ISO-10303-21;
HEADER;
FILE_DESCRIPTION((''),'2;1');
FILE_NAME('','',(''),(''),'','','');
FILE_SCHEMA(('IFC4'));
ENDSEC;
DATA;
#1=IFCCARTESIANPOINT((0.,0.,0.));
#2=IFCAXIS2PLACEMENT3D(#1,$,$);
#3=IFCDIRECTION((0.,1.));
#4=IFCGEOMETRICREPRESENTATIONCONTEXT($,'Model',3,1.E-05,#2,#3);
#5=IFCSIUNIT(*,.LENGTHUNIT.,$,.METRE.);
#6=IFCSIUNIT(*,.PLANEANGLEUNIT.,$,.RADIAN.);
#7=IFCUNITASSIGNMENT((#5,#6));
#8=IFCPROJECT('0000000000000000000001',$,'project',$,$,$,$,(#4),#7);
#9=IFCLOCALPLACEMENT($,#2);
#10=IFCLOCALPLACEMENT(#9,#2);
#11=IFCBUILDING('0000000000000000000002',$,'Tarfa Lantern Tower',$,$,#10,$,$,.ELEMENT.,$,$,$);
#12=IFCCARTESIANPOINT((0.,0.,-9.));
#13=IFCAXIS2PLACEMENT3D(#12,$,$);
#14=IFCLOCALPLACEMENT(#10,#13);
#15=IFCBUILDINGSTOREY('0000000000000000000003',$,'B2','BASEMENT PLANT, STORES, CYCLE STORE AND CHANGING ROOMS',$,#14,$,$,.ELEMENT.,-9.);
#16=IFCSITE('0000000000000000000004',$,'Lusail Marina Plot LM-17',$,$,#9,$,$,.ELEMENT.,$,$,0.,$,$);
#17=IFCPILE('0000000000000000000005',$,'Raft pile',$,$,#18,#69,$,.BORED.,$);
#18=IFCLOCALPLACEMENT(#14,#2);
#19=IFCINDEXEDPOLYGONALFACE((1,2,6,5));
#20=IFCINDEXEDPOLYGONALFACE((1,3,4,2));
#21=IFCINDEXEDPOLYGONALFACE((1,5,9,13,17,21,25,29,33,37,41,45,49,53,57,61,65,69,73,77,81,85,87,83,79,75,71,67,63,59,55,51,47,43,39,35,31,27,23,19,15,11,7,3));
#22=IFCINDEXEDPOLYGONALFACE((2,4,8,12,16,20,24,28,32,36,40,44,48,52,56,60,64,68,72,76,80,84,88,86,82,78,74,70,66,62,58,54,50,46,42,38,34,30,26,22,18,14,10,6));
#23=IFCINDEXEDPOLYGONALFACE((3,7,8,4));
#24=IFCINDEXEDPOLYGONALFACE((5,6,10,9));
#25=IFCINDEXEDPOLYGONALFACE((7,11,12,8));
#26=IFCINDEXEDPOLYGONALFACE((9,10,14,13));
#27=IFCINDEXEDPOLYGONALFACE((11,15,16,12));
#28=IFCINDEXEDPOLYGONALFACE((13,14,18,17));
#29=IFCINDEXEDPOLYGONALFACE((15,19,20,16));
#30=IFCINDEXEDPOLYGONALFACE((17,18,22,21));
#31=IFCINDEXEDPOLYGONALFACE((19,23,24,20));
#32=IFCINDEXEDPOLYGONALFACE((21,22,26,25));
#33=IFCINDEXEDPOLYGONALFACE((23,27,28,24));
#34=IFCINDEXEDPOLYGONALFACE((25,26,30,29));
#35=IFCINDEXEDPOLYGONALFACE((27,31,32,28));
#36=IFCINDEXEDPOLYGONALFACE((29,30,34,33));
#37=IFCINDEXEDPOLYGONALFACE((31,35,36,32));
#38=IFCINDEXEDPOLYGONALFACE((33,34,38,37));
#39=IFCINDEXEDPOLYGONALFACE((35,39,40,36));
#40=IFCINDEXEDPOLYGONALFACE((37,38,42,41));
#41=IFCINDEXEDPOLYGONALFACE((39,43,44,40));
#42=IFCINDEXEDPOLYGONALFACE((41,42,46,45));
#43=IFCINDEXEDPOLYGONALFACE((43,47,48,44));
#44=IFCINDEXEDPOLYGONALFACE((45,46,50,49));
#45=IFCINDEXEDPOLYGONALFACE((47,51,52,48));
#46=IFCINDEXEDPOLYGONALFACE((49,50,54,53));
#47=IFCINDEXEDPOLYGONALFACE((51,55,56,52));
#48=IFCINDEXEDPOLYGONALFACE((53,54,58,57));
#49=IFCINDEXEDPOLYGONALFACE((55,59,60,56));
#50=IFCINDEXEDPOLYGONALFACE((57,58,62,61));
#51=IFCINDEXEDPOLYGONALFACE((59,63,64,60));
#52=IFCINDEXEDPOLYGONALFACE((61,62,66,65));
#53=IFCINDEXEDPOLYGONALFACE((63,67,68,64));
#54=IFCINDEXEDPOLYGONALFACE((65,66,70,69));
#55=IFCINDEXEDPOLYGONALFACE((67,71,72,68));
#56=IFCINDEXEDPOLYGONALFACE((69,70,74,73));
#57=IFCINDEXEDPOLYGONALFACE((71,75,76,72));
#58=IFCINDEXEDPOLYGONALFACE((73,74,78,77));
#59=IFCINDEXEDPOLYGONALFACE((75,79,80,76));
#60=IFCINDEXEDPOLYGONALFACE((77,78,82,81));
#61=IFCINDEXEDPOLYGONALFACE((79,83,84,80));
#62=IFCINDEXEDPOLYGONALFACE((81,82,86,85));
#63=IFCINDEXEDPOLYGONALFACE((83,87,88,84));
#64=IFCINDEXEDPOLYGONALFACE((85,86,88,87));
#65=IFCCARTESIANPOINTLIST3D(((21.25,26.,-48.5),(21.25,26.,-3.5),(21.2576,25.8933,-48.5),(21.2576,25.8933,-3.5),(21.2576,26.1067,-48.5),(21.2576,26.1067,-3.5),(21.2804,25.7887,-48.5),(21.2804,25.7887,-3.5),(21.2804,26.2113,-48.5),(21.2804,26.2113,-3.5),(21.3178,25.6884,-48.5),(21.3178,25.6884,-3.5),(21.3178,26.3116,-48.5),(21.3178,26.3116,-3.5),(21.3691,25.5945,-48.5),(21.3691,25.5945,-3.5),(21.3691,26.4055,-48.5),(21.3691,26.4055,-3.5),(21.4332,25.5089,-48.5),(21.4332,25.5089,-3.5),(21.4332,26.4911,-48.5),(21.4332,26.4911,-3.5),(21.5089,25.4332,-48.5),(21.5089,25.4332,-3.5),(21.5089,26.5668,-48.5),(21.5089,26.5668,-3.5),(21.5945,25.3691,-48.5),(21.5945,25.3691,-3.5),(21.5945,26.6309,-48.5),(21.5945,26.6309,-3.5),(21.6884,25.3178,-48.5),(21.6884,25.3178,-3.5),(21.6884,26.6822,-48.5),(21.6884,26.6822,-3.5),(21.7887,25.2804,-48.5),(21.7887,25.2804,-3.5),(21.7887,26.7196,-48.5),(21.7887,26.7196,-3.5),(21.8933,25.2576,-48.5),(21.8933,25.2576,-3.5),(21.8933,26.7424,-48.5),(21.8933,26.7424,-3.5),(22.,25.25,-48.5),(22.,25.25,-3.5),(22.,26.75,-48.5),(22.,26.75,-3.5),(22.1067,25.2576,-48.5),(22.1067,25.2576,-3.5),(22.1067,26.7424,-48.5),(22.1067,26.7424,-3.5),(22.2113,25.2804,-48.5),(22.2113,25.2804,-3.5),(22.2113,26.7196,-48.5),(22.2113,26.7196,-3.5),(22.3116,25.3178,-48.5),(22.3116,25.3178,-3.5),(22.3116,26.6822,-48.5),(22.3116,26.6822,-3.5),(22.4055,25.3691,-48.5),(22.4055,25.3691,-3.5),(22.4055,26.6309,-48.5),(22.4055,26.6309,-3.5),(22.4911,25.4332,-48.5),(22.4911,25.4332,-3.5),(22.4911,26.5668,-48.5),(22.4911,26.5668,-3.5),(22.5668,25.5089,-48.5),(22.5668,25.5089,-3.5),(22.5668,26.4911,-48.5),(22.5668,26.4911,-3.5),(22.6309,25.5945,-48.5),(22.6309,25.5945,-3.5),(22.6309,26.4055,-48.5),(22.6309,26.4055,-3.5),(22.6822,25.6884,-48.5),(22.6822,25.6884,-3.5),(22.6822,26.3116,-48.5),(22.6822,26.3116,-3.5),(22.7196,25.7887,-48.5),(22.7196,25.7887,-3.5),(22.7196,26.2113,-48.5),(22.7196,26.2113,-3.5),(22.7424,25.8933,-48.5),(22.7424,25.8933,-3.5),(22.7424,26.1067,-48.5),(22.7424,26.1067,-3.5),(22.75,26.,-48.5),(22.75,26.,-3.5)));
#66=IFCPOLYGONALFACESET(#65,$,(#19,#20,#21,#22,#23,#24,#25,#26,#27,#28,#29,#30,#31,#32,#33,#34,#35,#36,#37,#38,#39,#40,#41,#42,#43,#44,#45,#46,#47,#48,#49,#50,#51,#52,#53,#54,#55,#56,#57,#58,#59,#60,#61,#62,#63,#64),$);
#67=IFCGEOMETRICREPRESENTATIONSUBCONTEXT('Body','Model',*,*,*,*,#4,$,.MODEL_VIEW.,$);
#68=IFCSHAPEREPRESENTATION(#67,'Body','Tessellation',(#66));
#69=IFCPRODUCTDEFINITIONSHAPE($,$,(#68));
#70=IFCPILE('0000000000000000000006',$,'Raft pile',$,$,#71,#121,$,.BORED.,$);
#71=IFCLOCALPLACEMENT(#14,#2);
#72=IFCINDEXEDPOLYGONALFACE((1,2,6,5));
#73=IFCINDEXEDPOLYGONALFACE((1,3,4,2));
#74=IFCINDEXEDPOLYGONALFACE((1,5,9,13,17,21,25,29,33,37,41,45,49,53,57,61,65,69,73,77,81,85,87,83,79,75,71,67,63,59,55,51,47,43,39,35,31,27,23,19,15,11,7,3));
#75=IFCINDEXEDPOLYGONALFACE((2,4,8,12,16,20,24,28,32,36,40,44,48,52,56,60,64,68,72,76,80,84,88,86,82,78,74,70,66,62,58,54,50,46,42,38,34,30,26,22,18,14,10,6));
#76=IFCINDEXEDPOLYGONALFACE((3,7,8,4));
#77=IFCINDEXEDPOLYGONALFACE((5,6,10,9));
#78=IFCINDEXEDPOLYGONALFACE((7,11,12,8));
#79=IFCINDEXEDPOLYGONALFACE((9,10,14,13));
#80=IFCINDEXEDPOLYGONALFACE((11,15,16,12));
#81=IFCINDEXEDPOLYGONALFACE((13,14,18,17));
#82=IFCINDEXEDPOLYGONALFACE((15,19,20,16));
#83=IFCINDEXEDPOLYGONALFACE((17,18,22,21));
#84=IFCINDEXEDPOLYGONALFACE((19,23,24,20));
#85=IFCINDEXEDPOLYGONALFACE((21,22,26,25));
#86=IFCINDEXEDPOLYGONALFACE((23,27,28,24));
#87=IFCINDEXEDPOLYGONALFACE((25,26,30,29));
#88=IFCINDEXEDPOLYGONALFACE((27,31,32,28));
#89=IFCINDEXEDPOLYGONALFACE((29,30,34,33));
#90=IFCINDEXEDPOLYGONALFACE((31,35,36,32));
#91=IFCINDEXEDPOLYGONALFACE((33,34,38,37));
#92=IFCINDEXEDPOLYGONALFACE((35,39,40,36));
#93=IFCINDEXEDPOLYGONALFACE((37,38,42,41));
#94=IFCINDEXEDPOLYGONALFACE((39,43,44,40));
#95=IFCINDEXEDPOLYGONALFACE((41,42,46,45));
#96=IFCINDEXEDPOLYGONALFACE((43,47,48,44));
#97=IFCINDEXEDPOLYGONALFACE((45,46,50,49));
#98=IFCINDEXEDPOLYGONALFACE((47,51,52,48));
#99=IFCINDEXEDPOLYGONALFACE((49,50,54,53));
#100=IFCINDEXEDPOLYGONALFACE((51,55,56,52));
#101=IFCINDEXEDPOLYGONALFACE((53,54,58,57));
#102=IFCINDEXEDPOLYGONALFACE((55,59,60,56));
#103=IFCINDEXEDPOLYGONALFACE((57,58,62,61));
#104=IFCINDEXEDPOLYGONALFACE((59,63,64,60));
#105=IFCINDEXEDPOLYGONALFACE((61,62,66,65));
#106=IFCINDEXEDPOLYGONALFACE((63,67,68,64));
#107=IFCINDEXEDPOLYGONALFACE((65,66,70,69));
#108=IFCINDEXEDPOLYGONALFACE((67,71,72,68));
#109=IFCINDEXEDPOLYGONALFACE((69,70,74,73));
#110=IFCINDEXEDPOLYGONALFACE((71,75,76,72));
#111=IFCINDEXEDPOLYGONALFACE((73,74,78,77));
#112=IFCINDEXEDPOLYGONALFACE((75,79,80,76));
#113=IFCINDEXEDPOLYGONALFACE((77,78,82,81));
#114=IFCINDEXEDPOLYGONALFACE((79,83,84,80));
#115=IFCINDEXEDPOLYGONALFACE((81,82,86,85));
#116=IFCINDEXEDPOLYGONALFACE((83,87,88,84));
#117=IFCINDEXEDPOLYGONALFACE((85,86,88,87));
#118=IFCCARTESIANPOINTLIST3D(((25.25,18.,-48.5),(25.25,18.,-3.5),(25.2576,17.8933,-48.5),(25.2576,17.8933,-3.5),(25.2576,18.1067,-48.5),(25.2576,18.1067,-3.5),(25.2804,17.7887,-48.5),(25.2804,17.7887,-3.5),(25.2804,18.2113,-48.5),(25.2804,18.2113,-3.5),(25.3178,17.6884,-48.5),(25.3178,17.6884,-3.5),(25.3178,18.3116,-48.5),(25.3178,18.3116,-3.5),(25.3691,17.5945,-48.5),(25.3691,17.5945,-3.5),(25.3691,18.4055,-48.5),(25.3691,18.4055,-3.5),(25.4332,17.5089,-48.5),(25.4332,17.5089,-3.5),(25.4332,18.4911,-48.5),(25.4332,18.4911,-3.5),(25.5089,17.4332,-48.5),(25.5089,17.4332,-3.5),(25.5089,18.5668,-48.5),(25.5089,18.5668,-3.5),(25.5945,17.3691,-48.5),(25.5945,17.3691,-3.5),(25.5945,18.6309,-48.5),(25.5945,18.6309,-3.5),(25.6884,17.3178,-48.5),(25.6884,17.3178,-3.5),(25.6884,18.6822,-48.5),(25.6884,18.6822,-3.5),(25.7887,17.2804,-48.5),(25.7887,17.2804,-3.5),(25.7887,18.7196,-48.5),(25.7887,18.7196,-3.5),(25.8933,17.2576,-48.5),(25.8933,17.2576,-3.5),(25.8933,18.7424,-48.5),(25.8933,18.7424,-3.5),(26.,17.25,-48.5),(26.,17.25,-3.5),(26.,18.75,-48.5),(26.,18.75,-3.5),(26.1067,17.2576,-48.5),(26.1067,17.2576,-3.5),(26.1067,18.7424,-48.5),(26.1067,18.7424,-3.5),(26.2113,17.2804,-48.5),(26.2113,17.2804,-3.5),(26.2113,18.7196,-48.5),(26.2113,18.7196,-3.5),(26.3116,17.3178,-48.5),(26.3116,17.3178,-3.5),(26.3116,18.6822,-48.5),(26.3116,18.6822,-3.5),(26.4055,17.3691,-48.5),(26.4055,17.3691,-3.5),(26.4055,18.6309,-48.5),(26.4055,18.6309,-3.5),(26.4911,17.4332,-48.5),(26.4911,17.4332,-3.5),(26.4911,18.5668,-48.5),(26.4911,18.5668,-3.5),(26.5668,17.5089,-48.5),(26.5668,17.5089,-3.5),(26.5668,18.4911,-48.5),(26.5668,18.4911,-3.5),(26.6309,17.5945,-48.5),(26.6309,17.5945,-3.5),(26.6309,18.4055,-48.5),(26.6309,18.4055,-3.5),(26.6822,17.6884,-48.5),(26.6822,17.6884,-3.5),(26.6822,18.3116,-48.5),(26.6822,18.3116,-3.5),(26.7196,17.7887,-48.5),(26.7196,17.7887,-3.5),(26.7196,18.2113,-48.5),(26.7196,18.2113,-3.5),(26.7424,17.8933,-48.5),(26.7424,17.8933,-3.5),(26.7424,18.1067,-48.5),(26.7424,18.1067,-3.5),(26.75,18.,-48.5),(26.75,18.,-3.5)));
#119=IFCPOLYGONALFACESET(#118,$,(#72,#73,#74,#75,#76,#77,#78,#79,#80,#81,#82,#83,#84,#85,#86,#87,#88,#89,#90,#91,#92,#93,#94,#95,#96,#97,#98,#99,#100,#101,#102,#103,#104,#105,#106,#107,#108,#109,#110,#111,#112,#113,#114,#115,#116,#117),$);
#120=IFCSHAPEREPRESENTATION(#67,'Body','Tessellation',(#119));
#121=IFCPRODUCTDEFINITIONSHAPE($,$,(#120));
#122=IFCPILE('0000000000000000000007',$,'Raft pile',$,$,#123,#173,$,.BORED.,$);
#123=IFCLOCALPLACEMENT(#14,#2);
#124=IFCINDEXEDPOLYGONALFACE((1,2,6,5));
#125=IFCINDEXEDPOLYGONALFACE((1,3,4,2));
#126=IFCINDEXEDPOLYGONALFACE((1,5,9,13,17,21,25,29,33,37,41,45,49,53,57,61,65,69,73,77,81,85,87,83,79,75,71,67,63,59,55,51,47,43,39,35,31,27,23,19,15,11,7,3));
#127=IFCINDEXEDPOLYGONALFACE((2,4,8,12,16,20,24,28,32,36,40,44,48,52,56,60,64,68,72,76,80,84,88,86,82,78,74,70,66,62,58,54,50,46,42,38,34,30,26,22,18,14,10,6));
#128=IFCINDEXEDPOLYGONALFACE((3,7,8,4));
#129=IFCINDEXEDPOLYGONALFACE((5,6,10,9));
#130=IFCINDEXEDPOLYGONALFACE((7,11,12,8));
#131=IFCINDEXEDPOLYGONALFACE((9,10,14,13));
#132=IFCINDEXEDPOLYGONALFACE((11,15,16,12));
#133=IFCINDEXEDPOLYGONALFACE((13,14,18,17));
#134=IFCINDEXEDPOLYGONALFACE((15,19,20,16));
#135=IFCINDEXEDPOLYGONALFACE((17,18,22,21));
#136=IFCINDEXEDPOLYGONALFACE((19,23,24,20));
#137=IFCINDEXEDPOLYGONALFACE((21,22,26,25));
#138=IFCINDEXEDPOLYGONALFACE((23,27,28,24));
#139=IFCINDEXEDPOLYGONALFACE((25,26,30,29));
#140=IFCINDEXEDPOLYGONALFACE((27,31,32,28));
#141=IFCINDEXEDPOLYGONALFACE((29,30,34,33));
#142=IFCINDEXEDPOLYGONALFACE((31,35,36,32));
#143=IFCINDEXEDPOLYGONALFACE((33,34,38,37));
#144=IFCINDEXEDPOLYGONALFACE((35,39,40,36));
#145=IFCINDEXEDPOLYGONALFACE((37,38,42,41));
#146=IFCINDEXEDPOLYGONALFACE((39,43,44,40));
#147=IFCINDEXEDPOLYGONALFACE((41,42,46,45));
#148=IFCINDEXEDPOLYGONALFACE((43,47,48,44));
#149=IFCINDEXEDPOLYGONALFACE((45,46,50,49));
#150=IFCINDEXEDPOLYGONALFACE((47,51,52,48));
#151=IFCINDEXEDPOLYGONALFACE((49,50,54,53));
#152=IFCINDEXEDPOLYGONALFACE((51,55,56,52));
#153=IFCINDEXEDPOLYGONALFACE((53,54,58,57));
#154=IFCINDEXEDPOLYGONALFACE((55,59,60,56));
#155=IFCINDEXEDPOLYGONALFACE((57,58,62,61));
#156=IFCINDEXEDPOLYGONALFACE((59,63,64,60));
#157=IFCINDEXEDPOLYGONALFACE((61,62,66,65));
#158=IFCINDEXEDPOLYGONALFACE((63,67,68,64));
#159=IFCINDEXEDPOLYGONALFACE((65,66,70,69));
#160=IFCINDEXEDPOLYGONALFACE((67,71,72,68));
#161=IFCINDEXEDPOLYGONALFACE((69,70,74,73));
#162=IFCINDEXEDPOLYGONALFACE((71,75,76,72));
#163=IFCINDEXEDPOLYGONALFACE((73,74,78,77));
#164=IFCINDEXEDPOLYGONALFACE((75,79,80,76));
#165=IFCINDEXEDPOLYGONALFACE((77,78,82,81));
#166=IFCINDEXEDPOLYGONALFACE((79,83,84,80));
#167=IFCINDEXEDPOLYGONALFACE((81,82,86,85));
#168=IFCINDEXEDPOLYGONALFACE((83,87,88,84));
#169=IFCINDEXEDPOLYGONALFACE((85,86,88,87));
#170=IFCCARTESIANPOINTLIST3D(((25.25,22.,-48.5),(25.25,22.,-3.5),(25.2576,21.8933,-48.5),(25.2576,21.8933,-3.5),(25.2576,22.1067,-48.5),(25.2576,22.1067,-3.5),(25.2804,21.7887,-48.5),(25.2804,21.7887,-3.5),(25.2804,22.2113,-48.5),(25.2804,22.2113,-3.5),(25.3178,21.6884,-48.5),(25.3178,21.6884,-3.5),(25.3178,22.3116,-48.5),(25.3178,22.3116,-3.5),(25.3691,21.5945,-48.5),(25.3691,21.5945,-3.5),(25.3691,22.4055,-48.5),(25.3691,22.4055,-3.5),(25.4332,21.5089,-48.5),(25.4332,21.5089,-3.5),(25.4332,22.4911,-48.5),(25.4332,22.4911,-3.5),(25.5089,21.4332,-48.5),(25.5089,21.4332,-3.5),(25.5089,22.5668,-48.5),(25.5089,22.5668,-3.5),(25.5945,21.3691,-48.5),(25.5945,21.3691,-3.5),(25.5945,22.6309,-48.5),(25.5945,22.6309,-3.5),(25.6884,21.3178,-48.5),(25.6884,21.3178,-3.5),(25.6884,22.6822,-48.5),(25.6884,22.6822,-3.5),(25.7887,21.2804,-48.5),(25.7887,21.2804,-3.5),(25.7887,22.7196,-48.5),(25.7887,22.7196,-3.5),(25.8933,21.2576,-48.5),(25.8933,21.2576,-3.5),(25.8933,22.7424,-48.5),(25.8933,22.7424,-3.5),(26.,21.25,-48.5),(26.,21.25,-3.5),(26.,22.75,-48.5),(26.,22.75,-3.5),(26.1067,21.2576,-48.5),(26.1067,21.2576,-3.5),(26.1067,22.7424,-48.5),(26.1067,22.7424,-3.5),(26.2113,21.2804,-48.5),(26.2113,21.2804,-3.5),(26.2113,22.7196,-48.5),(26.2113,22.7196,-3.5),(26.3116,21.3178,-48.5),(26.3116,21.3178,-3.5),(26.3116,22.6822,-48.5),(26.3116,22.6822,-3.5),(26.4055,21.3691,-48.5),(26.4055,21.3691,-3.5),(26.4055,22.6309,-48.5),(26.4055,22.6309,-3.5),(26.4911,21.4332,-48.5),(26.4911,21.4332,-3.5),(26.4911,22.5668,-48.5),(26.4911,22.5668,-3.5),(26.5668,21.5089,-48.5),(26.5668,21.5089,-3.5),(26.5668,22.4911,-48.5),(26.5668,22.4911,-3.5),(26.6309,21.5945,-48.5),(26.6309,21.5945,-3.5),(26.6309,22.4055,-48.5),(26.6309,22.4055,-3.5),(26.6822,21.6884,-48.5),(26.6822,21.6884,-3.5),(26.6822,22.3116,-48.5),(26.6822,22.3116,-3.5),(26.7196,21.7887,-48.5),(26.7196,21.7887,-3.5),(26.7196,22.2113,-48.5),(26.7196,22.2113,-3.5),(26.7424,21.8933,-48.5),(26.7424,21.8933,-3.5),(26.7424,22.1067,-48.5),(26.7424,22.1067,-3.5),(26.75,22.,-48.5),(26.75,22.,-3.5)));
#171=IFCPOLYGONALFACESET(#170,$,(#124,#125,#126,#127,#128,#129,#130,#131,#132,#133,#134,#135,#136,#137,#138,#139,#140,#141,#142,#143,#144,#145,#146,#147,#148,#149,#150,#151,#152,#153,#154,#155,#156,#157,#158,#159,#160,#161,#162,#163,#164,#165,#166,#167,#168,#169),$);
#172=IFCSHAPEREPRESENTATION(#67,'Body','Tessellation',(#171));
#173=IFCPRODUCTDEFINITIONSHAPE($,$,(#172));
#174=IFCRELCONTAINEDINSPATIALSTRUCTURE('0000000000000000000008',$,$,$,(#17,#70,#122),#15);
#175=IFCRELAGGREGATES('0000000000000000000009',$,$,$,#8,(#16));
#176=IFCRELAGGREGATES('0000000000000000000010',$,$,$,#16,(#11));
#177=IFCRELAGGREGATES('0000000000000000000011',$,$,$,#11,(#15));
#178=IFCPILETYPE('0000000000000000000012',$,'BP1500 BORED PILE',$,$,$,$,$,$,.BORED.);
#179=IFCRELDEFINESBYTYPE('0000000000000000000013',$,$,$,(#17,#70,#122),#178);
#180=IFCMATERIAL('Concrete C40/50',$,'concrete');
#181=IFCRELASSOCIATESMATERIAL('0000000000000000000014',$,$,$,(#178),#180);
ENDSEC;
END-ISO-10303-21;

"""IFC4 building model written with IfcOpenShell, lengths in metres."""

from ifc_helpers import new_model, si_unit, direction, frame, origin, origin_2d, place, context, subcontext, project, spatial, circle, extrude, material, material_profile, profile_set, type_object, element, save


model = new_model("IFC4")

# Units and contexts
model_context = context("Model", 3, precision=1e-05, world=origin(), true_north=direction((0.0, 1.0)))
body_context = subcontext(model_context, "Body", "Model", "MODEL_VIEW")
ifc_project = project(units=[si_unit("LENGTHUNIT", "METRE"), si_unit("PLANEANGLEUNIT", "RADIAN")], contexts=[model_context])

# Site, building, storey
site_placement = place(None, origin())
site = spatial("IfcSite", under=ifc_project, at=site_placement, Name="Lusail Marina Plot LM-17", CompositionType="ELEMENT", RefElevation=0.0)
building_placement = place(site_placement, origin())
building = spatial("IfcBuilding", under=site, at=building_placement, Name="Tarfa Lantern Tower", CompositionType="ELEMENT")
storey_placement = place(building_placement, frame((0.0, 0.0, -9.0)))
storey = spatial("IfcBuildingStorey", under=building, at=storey_placement, Name="B2", Description="BASEMENT PLANT, STORES, CYCLE STORE AND CHANGING ROOMS", CompositionType="ELEMENT", Elevation=-9.0)

# Piles
ifc_material_1 = material(Name="Concrete C40/50", Category="concrete")
ifc_material_profile_1 = material_profile(ifc_material_1, circle(Radius=0.75, at=origin_2d()), Name="BORED PILE D1500")
ifc_profile_set_1 = profile_set([ifc_material_profile_1], Name="Concrete C40/50")
pile_type_1 = type_object("IfcPileType", Name="BP1500 BORED PILE", PredefinedType="BORED", material=ifc_profile_set_1)
for number, where, z_axis, x_axis, name in (
    (1, (22.0, 26.0, -3.5), (0.0, 0.0, -1.0), (1.0, 0.0, 0.0), "Raft pile"),
    (2, (26.0, 18.0, -3.5), (0.0, 0.0, -1.0), (1.0, 0.0, 0.0), "Raft pile"),
    (3, (26.0, 22.0, -3.5), (0.0, 0.0, -1.0), (1.0, 0.0, 0.0), "Raft pile"),
):
    element("IfcPile", number, at=place(storey_placement, frame(where, z_axis=z_axis, x_axis=x_axis)), inside=storey, type_object=pile_type_1, Name=name, PredefinedType="BORED", context=body_context, shape_type="SweptSolid", body=[
        extrude(circle(Radius=0.75, at=origin_2d()), origin(), (0.0, 0.0, 1.0), 45.0),
    ])

save(model, "model.ifc")
